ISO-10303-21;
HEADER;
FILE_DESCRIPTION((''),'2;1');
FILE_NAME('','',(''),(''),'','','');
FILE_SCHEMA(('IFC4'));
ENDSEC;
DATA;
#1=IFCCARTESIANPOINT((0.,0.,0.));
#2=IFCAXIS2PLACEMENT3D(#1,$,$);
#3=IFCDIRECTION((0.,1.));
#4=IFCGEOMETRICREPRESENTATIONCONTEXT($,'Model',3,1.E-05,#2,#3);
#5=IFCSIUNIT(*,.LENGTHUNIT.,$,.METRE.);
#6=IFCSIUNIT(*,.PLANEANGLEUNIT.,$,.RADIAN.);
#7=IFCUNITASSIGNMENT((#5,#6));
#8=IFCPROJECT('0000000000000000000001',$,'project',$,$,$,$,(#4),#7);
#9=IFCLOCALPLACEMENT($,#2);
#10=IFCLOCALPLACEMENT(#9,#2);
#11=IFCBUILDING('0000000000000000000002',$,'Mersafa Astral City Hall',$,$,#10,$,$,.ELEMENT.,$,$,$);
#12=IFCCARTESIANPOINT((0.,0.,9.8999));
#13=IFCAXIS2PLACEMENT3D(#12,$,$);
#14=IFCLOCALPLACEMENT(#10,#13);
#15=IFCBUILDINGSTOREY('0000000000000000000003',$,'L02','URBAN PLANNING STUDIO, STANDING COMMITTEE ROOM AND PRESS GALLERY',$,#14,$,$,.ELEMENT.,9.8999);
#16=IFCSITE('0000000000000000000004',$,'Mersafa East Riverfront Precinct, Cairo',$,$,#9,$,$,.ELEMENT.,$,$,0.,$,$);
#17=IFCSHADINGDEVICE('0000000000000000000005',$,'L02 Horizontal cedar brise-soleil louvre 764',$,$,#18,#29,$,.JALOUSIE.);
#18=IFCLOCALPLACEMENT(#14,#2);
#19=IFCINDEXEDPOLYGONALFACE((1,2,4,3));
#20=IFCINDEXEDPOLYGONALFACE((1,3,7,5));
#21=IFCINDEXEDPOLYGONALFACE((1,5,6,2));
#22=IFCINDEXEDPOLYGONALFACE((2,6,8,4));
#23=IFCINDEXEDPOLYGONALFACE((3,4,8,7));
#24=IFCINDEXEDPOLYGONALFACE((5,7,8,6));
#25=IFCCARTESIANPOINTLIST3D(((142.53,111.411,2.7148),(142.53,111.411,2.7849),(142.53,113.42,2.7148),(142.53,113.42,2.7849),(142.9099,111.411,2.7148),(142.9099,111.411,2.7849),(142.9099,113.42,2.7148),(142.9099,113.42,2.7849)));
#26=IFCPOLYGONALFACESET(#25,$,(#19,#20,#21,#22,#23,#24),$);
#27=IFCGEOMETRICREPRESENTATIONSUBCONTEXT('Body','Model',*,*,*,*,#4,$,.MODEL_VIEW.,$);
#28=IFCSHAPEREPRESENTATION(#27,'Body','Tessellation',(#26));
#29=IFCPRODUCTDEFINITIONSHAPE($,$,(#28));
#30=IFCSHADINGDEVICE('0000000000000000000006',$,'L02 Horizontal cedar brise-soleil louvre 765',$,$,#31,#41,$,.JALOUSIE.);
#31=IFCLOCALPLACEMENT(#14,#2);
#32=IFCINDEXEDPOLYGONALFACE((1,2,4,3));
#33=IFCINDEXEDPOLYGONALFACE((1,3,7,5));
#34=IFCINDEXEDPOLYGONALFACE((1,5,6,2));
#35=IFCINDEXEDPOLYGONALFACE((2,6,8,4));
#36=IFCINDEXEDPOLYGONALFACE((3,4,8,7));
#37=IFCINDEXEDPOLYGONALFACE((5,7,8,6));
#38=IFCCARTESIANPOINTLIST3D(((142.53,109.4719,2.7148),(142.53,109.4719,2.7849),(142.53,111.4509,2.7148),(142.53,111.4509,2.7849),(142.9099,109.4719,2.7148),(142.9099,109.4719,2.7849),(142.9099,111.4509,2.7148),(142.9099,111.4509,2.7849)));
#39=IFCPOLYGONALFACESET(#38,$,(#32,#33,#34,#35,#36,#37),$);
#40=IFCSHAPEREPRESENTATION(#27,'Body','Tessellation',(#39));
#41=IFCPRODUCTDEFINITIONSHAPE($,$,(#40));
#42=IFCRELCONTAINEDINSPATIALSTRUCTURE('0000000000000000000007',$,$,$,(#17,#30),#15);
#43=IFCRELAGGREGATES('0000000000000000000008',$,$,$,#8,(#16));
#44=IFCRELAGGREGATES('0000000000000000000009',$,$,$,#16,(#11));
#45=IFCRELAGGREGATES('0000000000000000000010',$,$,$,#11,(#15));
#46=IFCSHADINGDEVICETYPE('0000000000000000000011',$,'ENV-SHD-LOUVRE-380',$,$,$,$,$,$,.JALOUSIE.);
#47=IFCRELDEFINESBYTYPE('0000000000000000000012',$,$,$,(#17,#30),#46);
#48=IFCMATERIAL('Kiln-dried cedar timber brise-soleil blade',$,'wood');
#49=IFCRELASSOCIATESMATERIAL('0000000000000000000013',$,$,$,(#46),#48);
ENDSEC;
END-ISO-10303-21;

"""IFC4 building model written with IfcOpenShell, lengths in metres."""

from ifc_helpers import new_model, si_unit, direction, frame, origin, origin_2d, place, context, subcontext, project, spatial, rectangle, extrude, material, type_object, element, save


model = new_model("IFC4")

# Units and contexts
model_context = context("Model", 3, precision=1e-05, world=origin(), true_north=direction((0.0, 1.0)))
body_context = subcontext(model_context, "Body", "Model", "MODEL_VIEW")
ifc_project = project(units=[si_unit("LENGTHUNIT", "METRE"), si_unit("PLANEANGLEUNIT", "RADIAN")], contexts=[model_context])

# Site, building, storey
site_placement = place(None, origin())
site = spatial("IfcSite", under=ifc_project, at=site_placement, Name="Mersafa East Riverfront Precinct, Cairo", CompositionType="ELEMENT", RefElevation=0.0)
building_placement = place(site_placement, origin())
building = spatial("IfcBuilding", under=site, at=building_placement, Name="Mersafa Astral City Hall", CompositionType="ELEMENT")
storey_placement = place(building_placement, frame((0.0, 0.0, 9.8999)))
storey = spatial("IfcBuildingStorey", under=building, at=storey_placement, Name="L02", Description="URBAN PLANNING STUDIO, STANDING COMMITTEE ROOM AND PRESS GALLERY", CompositionType="ELEMENT", Elevation=9.8999)

# Shading devices
ifc_material_1 = material(Name="Kiln-dried cedar timber brise-soleil blade", Category="wood")
shading_device_type_1 = type_object("IfcShadingDeviceType", Name="ENV-SHD-LOUVRE-380", PredefinedType="JALOUSIE", material=ifc_material_1)
for number, where, z_axis, x_axis, name in (
    (1, (142.72, 112.4155, 2.7148), (0.0, 0.0, 1.0), (0.0, -1.0, 0.0), "L02 Horizontal cedar brise-soleil louvre 764"),
):
    element("IfcShadingDevice", number, at=place(storey_placement, frame(where, z_axis=z_axis, x_axis=x_axis)), inside=storey, type_object=shading_device_type_1, Name=name, PredefinedType="JALOUSIE", context=body_context, shape_type="SweptSolid", body=[
        extrude(rectangle(XDim=2.009, YDim=0.3799, at=origin_2d()), origin(), (0.0, 0.0, 1.0), 0.0701),
    ])
shading_device_1_placement = place(storey_placement, frame((142.72, 110.4614, 2.7148), z_axis=(0.0, 0.0, 1.0), x_axis=(0.0, -1.0, 0.0)))
element("IfcShadingDevice", 2, at=shading_device_1_placement, inside=storey, type_object=shading_device_type_1, Name="L02 Horizontal cedar brise-soleil louvre 765", PredefinedType="JALOUSIE", context=body_context, shape_type="SweptSolid", body=[
    extrude(rectangle(XDim=1.979, YDim=0.3799, at=origin_2d()), origin(), (0.0, 0.0, 1.0), 0.0701),
])

save(model, "model.ifc")
